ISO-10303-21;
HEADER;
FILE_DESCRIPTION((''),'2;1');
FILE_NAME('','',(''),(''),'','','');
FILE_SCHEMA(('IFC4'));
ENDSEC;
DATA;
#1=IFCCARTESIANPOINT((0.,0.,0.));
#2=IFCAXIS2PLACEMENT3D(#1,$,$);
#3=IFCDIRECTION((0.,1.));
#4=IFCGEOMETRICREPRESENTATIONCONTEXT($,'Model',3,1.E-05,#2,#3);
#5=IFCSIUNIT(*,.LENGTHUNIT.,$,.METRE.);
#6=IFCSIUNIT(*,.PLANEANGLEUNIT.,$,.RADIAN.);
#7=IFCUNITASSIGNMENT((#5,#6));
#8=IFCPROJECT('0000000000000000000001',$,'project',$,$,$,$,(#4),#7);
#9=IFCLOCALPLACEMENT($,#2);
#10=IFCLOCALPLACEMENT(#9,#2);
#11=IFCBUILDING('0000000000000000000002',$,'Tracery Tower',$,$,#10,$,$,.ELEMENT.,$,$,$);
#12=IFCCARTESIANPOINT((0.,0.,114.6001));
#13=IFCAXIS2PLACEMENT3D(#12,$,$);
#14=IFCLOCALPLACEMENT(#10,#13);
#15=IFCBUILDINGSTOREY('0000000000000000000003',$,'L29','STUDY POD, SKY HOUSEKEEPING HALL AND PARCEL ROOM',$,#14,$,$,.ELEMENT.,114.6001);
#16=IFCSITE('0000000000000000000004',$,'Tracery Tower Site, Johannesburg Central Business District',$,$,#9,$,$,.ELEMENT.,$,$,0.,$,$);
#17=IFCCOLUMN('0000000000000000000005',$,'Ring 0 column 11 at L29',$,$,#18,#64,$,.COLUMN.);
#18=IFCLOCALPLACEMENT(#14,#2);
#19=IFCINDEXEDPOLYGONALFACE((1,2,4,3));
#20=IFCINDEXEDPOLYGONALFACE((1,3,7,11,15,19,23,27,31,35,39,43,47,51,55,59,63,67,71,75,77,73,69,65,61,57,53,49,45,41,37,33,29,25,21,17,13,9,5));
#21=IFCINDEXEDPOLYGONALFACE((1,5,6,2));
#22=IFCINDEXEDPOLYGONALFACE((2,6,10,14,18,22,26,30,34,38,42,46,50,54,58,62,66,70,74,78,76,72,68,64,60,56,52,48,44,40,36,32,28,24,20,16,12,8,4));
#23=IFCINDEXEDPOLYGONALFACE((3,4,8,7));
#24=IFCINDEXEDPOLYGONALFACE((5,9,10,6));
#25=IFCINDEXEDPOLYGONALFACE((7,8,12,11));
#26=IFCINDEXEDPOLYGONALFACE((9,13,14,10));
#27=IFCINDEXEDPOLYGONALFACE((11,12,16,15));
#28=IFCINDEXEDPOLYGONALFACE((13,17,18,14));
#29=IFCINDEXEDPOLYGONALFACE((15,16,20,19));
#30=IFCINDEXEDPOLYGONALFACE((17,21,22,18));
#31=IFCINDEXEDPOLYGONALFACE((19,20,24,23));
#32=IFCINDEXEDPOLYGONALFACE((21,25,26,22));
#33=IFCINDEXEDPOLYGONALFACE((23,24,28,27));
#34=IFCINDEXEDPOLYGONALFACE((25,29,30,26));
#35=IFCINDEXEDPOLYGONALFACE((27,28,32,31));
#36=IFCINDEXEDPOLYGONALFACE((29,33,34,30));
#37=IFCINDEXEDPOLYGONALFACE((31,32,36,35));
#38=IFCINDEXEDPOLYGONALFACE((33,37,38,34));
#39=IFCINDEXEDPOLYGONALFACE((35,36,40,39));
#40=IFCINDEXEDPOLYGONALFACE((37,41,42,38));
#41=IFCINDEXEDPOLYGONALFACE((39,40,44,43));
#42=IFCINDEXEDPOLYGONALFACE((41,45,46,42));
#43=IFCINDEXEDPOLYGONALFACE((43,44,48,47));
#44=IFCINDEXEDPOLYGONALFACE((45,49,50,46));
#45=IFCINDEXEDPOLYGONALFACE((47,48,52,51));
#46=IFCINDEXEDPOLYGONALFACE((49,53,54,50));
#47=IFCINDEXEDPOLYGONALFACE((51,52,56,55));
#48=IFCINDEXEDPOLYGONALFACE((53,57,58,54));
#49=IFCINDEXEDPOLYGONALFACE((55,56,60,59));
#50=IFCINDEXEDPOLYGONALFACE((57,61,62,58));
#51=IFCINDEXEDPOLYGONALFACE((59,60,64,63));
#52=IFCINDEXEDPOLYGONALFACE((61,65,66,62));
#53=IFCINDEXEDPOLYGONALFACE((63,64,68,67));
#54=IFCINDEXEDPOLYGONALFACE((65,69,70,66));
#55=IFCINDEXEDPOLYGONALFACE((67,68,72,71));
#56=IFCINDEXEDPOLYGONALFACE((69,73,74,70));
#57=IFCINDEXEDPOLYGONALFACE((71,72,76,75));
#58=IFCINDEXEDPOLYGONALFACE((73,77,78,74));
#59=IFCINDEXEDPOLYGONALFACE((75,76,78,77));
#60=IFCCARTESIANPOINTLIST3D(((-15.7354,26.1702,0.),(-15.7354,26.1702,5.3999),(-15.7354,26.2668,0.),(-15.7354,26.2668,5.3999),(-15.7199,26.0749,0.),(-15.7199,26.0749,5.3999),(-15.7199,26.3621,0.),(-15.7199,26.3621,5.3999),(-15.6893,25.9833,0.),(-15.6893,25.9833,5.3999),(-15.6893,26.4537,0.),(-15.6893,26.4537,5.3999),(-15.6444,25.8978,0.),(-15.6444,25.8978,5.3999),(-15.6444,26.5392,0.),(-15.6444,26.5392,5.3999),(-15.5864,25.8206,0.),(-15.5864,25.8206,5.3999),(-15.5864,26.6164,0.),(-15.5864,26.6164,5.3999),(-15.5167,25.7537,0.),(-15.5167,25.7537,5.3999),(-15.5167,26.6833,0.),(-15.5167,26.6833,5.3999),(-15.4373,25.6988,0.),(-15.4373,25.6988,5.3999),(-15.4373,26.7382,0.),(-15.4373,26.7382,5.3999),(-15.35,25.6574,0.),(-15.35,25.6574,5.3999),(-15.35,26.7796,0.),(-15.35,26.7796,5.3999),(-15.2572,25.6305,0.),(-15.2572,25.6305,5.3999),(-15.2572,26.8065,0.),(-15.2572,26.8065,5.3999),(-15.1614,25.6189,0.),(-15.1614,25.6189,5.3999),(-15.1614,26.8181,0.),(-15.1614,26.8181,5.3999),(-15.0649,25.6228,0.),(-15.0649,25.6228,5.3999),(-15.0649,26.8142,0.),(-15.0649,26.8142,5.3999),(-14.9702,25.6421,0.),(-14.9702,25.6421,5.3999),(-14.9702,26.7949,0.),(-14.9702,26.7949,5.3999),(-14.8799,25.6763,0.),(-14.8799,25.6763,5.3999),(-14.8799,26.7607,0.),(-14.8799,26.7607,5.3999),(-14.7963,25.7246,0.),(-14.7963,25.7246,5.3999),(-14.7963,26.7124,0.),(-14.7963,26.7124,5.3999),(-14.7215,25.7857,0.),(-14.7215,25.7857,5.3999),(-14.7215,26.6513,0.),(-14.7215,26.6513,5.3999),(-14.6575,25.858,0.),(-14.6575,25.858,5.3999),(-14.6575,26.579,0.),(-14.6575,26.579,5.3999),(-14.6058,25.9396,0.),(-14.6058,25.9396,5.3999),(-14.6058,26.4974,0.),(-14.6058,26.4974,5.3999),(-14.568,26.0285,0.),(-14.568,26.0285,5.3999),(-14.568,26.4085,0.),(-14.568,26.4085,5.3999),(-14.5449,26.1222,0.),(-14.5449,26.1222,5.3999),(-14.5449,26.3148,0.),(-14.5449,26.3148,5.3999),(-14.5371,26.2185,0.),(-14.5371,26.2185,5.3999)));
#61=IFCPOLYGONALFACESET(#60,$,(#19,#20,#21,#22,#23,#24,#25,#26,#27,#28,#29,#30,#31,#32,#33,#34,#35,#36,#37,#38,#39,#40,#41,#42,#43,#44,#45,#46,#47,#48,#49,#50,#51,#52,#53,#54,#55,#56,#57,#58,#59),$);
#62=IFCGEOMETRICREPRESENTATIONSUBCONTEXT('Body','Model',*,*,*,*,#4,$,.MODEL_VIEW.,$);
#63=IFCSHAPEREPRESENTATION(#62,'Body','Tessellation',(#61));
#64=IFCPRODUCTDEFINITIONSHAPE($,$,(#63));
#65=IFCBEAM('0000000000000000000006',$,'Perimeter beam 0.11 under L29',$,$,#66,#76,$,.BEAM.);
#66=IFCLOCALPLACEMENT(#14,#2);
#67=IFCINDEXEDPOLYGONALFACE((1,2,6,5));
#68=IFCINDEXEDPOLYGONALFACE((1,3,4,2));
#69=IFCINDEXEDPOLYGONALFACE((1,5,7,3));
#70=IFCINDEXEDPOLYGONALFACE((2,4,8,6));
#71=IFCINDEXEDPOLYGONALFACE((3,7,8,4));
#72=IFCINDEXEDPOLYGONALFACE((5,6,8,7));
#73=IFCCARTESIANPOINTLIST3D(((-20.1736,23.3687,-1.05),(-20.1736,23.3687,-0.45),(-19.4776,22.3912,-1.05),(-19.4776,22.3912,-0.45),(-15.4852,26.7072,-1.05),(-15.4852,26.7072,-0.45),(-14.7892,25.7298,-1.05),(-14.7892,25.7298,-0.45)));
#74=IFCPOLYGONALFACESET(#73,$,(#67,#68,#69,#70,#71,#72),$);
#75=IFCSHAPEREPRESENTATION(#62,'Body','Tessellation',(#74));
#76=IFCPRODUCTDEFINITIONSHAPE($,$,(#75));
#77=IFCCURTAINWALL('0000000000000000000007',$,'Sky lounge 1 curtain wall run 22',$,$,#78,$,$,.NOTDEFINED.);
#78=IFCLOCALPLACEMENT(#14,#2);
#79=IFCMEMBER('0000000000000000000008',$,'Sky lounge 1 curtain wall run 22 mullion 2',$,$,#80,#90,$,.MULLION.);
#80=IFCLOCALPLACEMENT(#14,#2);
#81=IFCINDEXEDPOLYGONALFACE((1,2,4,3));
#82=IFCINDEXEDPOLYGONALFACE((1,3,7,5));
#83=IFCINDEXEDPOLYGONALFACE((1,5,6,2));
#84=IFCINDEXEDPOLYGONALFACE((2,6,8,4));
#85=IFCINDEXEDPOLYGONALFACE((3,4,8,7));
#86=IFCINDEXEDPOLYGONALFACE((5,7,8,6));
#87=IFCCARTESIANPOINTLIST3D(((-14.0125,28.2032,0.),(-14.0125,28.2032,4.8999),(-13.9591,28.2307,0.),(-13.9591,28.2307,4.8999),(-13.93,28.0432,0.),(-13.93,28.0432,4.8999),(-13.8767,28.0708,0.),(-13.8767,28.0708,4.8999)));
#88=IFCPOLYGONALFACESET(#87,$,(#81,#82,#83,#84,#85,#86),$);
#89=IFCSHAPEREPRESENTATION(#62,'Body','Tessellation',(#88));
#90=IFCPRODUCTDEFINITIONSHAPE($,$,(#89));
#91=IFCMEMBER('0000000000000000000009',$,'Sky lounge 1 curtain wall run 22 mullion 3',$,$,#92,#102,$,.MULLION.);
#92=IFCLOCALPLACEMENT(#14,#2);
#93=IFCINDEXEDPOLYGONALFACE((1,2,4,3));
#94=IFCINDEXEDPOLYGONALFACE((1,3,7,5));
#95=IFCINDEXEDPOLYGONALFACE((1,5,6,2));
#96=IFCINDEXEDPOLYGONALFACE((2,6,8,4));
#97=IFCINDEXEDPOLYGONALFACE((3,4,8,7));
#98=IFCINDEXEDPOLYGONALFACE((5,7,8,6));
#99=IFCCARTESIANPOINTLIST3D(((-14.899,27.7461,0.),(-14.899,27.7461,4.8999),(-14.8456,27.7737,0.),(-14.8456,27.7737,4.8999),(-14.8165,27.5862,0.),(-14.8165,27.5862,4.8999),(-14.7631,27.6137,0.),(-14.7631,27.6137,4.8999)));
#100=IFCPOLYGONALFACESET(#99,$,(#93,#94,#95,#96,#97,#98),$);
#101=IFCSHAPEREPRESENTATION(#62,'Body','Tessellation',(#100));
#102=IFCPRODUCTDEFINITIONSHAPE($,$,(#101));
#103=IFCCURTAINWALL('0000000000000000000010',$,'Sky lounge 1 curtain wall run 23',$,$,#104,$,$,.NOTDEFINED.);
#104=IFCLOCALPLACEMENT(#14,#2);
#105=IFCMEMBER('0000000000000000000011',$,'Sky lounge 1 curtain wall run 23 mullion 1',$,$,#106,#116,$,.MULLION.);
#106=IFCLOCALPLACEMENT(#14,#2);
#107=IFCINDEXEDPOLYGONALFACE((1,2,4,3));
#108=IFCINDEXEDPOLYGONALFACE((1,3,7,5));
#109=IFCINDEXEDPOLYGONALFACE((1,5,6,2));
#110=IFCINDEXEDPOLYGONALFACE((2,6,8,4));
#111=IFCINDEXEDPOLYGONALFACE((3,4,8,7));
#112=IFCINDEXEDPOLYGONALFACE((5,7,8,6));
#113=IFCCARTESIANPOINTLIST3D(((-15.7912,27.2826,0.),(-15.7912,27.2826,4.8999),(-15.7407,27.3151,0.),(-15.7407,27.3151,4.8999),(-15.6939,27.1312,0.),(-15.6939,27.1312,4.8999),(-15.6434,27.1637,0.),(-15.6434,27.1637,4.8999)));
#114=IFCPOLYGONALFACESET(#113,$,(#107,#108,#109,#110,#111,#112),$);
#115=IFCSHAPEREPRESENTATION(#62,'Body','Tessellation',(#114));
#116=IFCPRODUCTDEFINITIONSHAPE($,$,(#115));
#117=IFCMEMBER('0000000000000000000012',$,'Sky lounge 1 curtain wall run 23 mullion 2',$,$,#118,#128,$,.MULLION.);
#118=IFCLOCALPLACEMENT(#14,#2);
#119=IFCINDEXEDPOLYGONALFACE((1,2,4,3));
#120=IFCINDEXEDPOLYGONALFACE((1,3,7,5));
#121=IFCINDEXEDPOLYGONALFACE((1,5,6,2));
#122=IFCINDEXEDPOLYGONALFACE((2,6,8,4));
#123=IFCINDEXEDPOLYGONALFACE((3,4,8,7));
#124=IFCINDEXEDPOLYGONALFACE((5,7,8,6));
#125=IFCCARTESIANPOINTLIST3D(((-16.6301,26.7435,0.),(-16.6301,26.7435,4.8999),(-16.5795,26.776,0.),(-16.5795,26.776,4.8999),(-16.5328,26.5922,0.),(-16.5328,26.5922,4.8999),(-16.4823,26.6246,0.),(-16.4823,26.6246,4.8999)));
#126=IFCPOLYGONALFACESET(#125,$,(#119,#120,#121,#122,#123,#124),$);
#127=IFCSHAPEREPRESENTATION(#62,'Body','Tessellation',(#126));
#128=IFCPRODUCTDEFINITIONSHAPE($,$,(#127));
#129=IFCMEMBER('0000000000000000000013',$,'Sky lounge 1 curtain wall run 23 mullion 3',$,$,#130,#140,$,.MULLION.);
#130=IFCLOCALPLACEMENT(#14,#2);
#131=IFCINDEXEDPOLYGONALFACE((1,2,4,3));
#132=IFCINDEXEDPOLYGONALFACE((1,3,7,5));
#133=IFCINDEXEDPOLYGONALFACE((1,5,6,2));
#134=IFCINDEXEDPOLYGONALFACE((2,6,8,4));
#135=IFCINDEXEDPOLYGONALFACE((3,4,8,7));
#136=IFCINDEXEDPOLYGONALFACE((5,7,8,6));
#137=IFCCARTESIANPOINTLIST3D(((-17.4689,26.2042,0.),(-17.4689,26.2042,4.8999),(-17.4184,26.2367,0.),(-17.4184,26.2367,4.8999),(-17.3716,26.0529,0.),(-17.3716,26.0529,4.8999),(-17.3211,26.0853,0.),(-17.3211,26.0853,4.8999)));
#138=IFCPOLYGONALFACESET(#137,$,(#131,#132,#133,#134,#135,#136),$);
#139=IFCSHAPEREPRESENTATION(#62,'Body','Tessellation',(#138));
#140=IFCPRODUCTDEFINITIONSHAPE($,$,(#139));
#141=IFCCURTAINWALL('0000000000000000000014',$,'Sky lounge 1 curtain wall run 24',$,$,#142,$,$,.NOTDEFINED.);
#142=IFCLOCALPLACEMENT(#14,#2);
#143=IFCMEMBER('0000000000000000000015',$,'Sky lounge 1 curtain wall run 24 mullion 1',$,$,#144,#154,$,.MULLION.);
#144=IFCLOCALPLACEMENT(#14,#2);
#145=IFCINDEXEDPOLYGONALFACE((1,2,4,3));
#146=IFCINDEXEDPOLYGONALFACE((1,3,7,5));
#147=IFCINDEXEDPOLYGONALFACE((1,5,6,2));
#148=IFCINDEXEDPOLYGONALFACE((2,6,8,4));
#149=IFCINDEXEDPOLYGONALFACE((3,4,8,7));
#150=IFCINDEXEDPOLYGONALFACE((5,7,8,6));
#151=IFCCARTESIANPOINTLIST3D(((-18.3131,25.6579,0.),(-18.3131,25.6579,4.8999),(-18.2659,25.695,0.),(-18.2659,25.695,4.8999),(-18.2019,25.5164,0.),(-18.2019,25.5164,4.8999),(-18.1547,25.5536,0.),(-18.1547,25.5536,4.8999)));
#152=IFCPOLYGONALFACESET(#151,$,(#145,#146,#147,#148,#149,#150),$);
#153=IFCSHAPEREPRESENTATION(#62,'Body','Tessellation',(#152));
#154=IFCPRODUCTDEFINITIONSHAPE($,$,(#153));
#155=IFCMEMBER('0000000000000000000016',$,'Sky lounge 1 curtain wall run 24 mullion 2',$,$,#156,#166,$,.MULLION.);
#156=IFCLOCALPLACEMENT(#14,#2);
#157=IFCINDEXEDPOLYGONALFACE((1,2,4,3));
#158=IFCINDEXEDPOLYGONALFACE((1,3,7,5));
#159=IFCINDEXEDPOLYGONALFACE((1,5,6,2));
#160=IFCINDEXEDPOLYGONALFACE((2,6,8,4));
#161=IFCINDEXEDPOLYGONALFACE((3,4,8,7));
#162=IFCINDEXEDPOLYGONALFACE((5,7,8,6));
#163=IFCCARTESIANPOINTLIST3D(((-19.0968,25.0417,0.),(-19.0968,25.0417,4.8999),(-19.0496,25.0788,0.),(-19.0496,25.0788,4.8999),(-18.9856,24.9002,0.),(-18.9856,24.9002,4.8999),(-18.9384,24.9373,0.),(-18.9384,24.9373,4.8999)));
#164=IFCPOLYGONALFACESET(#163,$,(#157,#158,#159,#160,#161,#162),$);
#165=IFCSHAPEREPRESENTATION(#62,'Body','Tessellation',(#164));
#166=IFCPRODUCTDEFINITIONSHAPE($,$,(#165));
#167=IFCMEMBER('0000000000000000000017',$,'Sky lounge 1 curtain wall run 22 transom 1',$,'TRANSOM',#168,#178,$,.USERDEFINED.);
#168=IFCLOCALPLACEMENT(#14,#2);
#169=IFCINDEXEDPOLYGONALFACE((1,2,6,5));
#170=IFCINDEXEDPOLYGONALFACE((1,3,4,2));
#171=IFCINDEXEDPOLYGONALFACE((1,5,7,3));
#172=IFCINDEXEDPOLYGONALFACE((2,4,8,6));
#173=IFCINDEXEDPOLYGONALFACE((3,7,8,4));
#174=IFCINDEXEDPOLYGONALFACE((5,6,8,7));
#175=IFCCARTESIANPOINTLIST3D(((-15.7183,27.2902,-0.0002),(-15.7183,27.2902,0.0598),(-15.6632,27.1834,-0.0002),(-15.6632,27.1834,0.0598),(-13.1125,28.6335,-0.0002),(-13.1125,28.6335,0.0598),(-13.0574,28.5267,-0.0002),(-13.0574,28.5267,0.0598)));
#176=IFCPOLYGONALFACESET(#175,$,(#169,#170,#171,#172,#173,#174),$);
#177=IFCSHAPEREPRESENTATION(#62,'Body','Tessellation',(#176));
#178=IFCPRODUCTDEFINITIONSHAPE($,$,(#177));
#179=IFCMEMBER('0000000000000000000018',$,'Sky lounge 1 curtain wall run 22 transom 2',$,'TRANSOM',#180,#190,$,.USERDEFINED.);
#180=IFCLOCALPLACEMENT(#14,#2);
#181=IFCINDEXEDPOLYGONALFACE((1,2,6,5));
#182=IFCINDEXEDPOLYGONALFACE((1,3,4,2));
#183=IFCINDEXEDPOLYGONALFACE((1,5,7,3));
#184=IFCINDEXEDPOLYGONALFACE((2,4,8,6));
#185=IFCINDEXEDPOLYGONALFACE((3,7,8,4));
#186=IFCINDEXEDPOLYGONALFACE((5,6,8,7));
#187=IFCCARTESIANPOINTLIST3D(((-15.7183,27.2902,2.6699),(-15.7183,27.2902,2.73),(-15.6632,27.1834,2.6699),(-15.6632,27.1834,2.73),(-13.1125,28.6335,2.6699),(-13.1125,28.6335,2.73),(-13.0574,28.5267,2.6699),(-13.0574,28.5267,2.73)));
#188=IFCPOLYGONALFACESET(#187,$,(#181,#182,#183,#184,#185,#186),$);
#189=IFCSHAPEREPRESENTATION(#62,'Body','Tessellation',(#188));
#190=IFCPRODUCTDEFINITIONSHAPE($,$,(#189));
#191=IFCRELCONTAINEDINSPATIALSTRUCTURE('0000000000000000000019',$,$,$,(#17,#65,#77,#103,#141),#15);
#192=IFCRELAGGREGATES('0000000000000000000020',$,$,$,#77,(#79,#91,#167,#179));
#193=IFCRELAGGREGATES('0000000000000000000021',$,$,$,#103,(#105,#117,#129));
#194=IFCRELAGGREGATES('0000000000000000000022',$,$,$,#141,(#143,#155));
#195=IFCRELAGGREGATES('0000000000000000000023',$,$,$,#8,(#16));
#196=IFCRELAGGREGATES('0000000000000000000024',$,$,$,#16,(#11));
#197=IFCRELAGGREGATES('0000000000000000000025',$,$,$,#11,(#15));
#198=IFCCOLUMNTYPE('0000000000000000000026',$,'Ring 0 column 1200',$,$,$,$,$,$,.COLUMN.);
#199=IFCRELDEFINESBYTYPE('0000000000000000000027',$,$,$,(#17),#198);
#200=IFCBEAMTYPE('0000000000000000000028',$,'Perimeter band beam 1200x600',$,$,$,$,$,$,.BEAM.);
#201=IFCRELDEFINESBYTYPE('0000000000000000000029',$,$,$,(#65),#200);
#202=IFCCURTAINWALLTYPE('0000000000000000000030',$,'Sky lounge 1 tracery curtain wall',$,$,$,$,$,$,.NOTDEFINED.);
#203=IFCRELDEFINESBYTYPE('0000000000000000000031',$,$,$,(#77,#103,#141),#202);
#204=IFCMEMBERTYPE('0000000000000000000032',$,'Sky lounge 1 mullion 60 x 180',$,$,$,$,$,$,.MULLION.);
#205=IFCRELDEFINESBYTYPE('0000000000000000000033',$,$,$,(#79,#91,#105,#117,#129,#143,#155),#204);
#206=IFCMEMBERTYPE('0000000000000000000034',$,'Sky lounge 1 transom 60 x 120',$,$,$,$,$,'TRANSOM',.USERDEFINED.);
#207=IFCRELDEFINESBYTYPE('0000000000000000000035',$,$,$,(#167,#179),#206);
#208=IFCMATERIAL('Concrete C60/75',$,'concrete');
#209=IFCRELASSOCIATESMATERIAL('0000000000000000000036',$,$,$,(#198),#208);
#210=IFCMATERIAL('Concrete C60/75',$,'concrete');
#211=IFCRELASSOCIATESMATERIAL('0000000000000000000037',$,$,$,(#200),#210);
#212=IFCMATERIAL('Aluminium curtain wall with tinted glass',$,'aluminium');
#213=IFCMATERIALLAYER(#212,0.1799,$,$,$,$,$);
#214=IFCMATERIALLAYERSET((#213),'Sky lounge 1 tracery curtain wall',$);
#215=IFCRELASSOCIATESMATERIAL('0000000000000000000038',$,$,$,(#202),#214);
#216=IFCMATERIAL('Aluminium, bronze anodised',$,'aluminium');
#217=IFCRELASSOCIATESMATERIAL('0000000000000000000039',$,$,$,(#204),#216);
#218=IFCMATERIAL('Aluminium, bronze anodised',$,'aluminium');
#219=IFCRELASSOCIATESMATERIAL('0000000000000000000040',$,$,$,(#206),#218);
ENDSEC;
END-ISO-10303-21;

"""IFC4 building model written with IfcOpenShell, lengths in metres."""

from ifc_helpers import new_model, si_unit, direction, frame, origin, origin_2d, place, context, subcontext, project, spatial, rectangle, circle, extrude, material, layer, layer_set, material_profile, profile_set, type_object, element, aggregate, save


model = new_model("IFC4")

# Units and contexts
model_context = context("Model", 3, precision=1e-05, world=origin(), true_north=direction((0.0, 1.0)))
body_context = subcontext(model_context, "Body", "Model", "MODEL_VIEW")
ifc_project = project(units=[si_unit("LENGTHUNIT", "METRE"), si_unit("PLANEANGLEUNIT", "RADIAN")], contexts=[model_context])

# Site, building, storey
site_placement = place(None, origin())
site = spatial("IfcSite", under=ifc_project, at=site_placement, Name="Tracery Tower Site, Johannesburg Central Business District", CompositionType="ELEMENT", RefElevation=0.0)
building_placement = place(site_placement, origin())
building = spatial("IfcBuilding", under=site, at=building_placement, Name="Tracery Tower", CompositionType="ELEMENT")
storey_placement = place(building_placement, frame((0.0, 0.0, 114.6001)))
storey = spatial("IfcBuildingStorey", under=building, at=storey_placement, Name="L29", Description="STUDY POD, SKY HOUSEKEEPING HALL AND PARCEL ROOM", CompositionType="ELEMENT", Elevation=114.6001)

# Column
ifc_material_1 = material(Name="Concrete C60/75", Category="concrete")
ifc_material_profile_1 = material_profile(ifc_material_1, circle(Radius=0.6001, at=origin_2d()), Name="RC D1200")
ifc_profile_set_1 = profile_set([ifc_material_profile_1], Name="Concrete C60/75")
column_type = type_object("IfcColumnType", Name="Ring 0 column 1200", PredefinedType="COLUMN", material=ifc_profile_set_1)
column_placement = place(storey_placement, frame((-15.1372, 26.2185, 0.0), z_axis=(0.0, 0.0, 1.0), x_axis=(1.0, 0.0, 0.0)))
element("IfcColumn", 1, at=column_placement, inside=storey, type_object=column_type, Name="Ring 0 column 11 at L29", PredefinedType="COLUMN", context=body_context, shape_type="SweptSolid", body=[
    extrude(circle(Radius=0.6001, at=origin_2d()), origin(), (0.0, 0.0, 1.0), 5.3999),
])

# Beam
ifc_material_2 = material(Name="Concrete C60/75", Category="concrete")
ifc_material_profile_2 = material_profile(ifc_material_2, rectangle(XDim=1.2, YDim=0.6001, at=origin_2d()), Name="RC 1200x600")
ifc_profile_set_2 = profile_set([ifc_material_profile_2], Name="Concrete C60/75")
beam_type = type_object("IfcBeamType", Name="Perimeter band beam 1200x600", PredefinedType="BEAM", material=ifc_profile_set_2)
beam_placement = place(storey_placement, frame((-15.1372, 26.2185, -0.75), z_axis=(-0.814578, -0.580054, 0.0), x_axis=(0.580054, -0.814578, 0.0)))
element("IfcBeam", 2, at=beam_placement, inside=storey, type_object=beam_type, Name="Perimeter beam 0.11 under L29", PredefinedType="BEAM", context=body_context, shape_type="SweptSolid", body=[
    extrude(rectangle(XDim=1.2, YDim=0.6001, at=origin_2d()), origin(), (0.0, 0.0, 1.0), 5.7556),
])

# Curtain walls, members
ifc_material_3 = material(Name="Aluminium curtain wall with tinted glass", Category="aluminium")
ifc_layer_1 = layer(ifc_material_3, 0.1799)
ifc_layer_set_1 = layer_set([ifc_layer_1], Name="Sky lounge 1 tracery curtain wall")
curtain_wall_type = type_object("IfcCurtainWallType", Name="Sky lounge 1 tracery curtain wall", PredefinedType="NOTDEFINED", material=ifc_layer_set_1)
curtain_wall_1_placement = place(storey_placement, origin())
curtain_wall_1 = element("IfcCurtainWall", 3, at=curtain_wall_1_placement, inside=storey, type_object=curtain_wall_type, Name="Sky lounge 1 curtain wall run 22", PredefinedType="NOTDEFINED")
ifc_material_4 = material(Name="Aluminium, bronze anodised", Category="aluminium")
ifc_material_profile_3 = material_profile(ifc_material_4, rectangle(XDim=0.1799, YDim=0.0601, at=origin_2d()), Name="AL 60x180")
ifc_profile_set_3 = profile_set([ifc_material_profile_3], Name="Aluminium, bronze anodised")
member_type_1 = type_object("IfcMemberType", Name="Sky lounge 1 mullion 60 x 180", PredefinedType="MULLION", material=ifc_profile_set_3)
member_1_placement = place(storey_placement, frame((-13.9446, 28.137, 0.0), z_axis=(0.0, 0.0, 1.0), x_axis=(0.458227, -0.888835, 0.0)))
member_1 = element("IfcMember", 4, at=member_1_placement, type_object=member_type_1, Name="Sky lounge 1 curtain wall run 22 mullion 2", PredefinedType="MULLION", context=body_context, shape_type="SweptSolid", body=[
    extrude(rectangle(XDim=0.1799, YDim=0.0601, at=origin_2d()), origin(), (0.0, 0.0, 1.0), 4.8999),
])
member_2_placement = place(storey_placement, frame((-14.8311, 27.6799, 0.0), z_axis=(0.0, 0.0, 1.0), x_axis=(0.458227, -0.888835, 0.0)))
member_2 = element("IfcMember", 5, at=member_2_placement, type_object=member_type_1, Name="Sky lounge 1 curtain wall run 22 mullion 3", PredefinedType="MULLION", context=body_context, shape_type="SweptSolid", body=[
    extrude(rectangle(XDim=0.1799, YDim=0.0601, at=origin_2d()), origin(), (0.0, 0.0, 1.0), 4.8999),
])
curtain_wall_2_placement = place(storey_placement, origin())
curtain_wall_2 = element("IfcCurtainWall", 6, at=curtain_wall_2_placement, inside=storey, type_object=curtain_wall_type, Name="Sky lounge 1 curtain wall run 23", PredefinedType="NOTDEFINED")
member_3_placement = place(storey_placement, frame((-15.7173, 27.2231, 0.0), z_axis=(0.0, 0.0, 1.0), x_axis=(0.540641, -0.841254, 0.0)))
member_3 = element("IfcMember", 7, at=member_3_placement, type_object=member_type_1, Name="Sky lounge 1 curtain wall run 23 mullion 1", PredefinedType="MULLION", context=body_context, shape_type="SweptSolid", body=[
    extrude(rectangle(XDim=0.1799, YDim=0.0601, at=origin_2d()), origin(), (0.0, 0.0, 1.0), 4.8999),
])
member_4_placement = place(storey_placement, frame((-16.5562, 26.6841, 0.0), z_axis=(0.0, 0.0, 1.0), x_axis=(0.540641, -0.841254, 0.0)))
member_4 = element("IfcMember", 8, at=member_4_placement, type_object=member_type_1, Name="Sky lounge 1 curtain wall run 23 mullion 2", PredefinedType="MULLION", context=body_context, shape_type="SweptSolid", body=[
    extrude(rectangle(XDim=0.1799, YDim=0.0601, at=origin_2d()), origin(), (0.0, 0.0, 1.0), 4.8999),
])
member_5_placement = place(storey_placement, frame((-17.395, 26.1448, 0.0), z_axis=(0.0, 0.0, 1.0), x_axis=(0.540641, -0.841254, 0.0)))
member_5 = element("IfcMember", 9, at=member_5_placement, type_object=member_type_1, Name="Sky lounge 1 curtain wall run 23 mullion 3", PredefinedType="MULLION", context=body_context, shape_type="SweptSolid", body=[
    extrude(rectangle(XDim=0.1799, YDim=0.0601, at=origin_2d()), origin(), (0.0, 0.0, 1.0), 4.8999),
])
curtain_wall_3_placement = place(storey_placement, origin())
curtain_wall_3 = element("IfcCurtainWall", 10, at=curtain_wall_3_placement, inside=storey, type_object=curtain_wall_type, Name="Sky lounge 1 curtain wall run 24", PredefinedType="NOTDEFINED")
member_6_placement = place(storey_placement, frame((-18.2339, 25.6057, 0.0), z_axis=(0.0, 0.0, 1.0), x_axis=(0.618159, -0.786053, 0.0)))
member_6 = element("IfcMember", 11, at=member_6_placement, type_object=member_type_1, Name="Sky lounge 1 curtain wall run 24 mullion 1", PredefinedType="MULLION", context=body_context, shape_type="SweptSolid", body=[
    extrude(rectangle(XDim=0.1799, YDim=0.0601, at=origin_2d()), origin(), (0.0, 0.0, 1.0), 4.8999),
])
member_7_placement = place(storey_placement, frame((-19.0176, 24.9895, 0.0), z_axis=(0.0, 0.0, 1.0), x_axis=(0.618159, -0.786053, 0.0)))
member_7 = element("IfcMember", 12, at=member_7_placement, type_object=member_type_1, Name="Sky lounge 1 curtain wall run 24 mullion 2", PredefinedType="MULLION", context=body_context, shape_type="SweptSolid", body=[
    extrude(rectangle(XDim=0.1799, YDim=0.0601, at=origin_2d()), origin(), (0.0, 0.0, 1.0), 4.8999),
])

# Members
ifc_material_5 = material(Name="Aluminium, bronze anodised", Category="aluminium")
ifc_material_profile_4 = material_profile(ifc_material_5, rectangle(XDim=0.1201, YDim=0.0601, at=origin_2d()), Name="AL 60x120")
ifc_profile_set_4 = profile_set([ifc_material_profile_4], Name="Aluminium, bronze anodised")
member_type_2 = type_object("IfcMemberType", Name="Sky lounge 1 transom 60 x 120", ElementType="TRANSOM", PredefinedType="USERDEFINED", material=ifc_profile_set_4)
member_8_placement = place(storey_placement, frame((-13.085, 28.5801, 0.0298), z_axis=(-0.888846, -0.458206, 0.0), x_axis=(0.458206, -0.888846, 0.0)))
member_8 = element("IfcMember", 13, at=member_8_placement, type_object=member_type_2, Name="Sky lounge 1 curtain wall run 22 transom 1", ObjectType="TRANSOM", PredefinedType="USERDEFINED", context=body_context, shape_type="SweptSolid", body=[
    extrude(rectangle(XDim=0.1201, YDim=0.0601, at=origin_2d()), origin(), (0.0, 0.0, 1.0), 2.9316),
])
member_9_placement = place(storey_placement, frame((-13.085, 28.5801, 2.7), z_axis=(-0.888846, -0.458206, 0.0), x_axis=(0.458206, -0.888846, 0.0)))
member_9 = element("IfcMember", 14, at=member_9_placement, type_object=member_type_2, Name="Sky lounge 1 curtain wall run 22 transom 2", ObjectType="TRANSOM", PredefinedType="USERDEFINED", context=body_context, shape_type="SweptSolid", body=[
    extrude(rectangle(XDim=0.1201, YDim=0.0601, at=origin_2d()), origin(), (0.0, 0.0, 1.0), 2.9316),
])

aggregate(curtain_wall_1, [member_1, member_2, member_8, member_9])
aggregate(curtain_wall_2, [member_3, member_4, member_5])
aggregate(curtain_wall_3, [member_6, member_7])

save(model, "model.ifc")
